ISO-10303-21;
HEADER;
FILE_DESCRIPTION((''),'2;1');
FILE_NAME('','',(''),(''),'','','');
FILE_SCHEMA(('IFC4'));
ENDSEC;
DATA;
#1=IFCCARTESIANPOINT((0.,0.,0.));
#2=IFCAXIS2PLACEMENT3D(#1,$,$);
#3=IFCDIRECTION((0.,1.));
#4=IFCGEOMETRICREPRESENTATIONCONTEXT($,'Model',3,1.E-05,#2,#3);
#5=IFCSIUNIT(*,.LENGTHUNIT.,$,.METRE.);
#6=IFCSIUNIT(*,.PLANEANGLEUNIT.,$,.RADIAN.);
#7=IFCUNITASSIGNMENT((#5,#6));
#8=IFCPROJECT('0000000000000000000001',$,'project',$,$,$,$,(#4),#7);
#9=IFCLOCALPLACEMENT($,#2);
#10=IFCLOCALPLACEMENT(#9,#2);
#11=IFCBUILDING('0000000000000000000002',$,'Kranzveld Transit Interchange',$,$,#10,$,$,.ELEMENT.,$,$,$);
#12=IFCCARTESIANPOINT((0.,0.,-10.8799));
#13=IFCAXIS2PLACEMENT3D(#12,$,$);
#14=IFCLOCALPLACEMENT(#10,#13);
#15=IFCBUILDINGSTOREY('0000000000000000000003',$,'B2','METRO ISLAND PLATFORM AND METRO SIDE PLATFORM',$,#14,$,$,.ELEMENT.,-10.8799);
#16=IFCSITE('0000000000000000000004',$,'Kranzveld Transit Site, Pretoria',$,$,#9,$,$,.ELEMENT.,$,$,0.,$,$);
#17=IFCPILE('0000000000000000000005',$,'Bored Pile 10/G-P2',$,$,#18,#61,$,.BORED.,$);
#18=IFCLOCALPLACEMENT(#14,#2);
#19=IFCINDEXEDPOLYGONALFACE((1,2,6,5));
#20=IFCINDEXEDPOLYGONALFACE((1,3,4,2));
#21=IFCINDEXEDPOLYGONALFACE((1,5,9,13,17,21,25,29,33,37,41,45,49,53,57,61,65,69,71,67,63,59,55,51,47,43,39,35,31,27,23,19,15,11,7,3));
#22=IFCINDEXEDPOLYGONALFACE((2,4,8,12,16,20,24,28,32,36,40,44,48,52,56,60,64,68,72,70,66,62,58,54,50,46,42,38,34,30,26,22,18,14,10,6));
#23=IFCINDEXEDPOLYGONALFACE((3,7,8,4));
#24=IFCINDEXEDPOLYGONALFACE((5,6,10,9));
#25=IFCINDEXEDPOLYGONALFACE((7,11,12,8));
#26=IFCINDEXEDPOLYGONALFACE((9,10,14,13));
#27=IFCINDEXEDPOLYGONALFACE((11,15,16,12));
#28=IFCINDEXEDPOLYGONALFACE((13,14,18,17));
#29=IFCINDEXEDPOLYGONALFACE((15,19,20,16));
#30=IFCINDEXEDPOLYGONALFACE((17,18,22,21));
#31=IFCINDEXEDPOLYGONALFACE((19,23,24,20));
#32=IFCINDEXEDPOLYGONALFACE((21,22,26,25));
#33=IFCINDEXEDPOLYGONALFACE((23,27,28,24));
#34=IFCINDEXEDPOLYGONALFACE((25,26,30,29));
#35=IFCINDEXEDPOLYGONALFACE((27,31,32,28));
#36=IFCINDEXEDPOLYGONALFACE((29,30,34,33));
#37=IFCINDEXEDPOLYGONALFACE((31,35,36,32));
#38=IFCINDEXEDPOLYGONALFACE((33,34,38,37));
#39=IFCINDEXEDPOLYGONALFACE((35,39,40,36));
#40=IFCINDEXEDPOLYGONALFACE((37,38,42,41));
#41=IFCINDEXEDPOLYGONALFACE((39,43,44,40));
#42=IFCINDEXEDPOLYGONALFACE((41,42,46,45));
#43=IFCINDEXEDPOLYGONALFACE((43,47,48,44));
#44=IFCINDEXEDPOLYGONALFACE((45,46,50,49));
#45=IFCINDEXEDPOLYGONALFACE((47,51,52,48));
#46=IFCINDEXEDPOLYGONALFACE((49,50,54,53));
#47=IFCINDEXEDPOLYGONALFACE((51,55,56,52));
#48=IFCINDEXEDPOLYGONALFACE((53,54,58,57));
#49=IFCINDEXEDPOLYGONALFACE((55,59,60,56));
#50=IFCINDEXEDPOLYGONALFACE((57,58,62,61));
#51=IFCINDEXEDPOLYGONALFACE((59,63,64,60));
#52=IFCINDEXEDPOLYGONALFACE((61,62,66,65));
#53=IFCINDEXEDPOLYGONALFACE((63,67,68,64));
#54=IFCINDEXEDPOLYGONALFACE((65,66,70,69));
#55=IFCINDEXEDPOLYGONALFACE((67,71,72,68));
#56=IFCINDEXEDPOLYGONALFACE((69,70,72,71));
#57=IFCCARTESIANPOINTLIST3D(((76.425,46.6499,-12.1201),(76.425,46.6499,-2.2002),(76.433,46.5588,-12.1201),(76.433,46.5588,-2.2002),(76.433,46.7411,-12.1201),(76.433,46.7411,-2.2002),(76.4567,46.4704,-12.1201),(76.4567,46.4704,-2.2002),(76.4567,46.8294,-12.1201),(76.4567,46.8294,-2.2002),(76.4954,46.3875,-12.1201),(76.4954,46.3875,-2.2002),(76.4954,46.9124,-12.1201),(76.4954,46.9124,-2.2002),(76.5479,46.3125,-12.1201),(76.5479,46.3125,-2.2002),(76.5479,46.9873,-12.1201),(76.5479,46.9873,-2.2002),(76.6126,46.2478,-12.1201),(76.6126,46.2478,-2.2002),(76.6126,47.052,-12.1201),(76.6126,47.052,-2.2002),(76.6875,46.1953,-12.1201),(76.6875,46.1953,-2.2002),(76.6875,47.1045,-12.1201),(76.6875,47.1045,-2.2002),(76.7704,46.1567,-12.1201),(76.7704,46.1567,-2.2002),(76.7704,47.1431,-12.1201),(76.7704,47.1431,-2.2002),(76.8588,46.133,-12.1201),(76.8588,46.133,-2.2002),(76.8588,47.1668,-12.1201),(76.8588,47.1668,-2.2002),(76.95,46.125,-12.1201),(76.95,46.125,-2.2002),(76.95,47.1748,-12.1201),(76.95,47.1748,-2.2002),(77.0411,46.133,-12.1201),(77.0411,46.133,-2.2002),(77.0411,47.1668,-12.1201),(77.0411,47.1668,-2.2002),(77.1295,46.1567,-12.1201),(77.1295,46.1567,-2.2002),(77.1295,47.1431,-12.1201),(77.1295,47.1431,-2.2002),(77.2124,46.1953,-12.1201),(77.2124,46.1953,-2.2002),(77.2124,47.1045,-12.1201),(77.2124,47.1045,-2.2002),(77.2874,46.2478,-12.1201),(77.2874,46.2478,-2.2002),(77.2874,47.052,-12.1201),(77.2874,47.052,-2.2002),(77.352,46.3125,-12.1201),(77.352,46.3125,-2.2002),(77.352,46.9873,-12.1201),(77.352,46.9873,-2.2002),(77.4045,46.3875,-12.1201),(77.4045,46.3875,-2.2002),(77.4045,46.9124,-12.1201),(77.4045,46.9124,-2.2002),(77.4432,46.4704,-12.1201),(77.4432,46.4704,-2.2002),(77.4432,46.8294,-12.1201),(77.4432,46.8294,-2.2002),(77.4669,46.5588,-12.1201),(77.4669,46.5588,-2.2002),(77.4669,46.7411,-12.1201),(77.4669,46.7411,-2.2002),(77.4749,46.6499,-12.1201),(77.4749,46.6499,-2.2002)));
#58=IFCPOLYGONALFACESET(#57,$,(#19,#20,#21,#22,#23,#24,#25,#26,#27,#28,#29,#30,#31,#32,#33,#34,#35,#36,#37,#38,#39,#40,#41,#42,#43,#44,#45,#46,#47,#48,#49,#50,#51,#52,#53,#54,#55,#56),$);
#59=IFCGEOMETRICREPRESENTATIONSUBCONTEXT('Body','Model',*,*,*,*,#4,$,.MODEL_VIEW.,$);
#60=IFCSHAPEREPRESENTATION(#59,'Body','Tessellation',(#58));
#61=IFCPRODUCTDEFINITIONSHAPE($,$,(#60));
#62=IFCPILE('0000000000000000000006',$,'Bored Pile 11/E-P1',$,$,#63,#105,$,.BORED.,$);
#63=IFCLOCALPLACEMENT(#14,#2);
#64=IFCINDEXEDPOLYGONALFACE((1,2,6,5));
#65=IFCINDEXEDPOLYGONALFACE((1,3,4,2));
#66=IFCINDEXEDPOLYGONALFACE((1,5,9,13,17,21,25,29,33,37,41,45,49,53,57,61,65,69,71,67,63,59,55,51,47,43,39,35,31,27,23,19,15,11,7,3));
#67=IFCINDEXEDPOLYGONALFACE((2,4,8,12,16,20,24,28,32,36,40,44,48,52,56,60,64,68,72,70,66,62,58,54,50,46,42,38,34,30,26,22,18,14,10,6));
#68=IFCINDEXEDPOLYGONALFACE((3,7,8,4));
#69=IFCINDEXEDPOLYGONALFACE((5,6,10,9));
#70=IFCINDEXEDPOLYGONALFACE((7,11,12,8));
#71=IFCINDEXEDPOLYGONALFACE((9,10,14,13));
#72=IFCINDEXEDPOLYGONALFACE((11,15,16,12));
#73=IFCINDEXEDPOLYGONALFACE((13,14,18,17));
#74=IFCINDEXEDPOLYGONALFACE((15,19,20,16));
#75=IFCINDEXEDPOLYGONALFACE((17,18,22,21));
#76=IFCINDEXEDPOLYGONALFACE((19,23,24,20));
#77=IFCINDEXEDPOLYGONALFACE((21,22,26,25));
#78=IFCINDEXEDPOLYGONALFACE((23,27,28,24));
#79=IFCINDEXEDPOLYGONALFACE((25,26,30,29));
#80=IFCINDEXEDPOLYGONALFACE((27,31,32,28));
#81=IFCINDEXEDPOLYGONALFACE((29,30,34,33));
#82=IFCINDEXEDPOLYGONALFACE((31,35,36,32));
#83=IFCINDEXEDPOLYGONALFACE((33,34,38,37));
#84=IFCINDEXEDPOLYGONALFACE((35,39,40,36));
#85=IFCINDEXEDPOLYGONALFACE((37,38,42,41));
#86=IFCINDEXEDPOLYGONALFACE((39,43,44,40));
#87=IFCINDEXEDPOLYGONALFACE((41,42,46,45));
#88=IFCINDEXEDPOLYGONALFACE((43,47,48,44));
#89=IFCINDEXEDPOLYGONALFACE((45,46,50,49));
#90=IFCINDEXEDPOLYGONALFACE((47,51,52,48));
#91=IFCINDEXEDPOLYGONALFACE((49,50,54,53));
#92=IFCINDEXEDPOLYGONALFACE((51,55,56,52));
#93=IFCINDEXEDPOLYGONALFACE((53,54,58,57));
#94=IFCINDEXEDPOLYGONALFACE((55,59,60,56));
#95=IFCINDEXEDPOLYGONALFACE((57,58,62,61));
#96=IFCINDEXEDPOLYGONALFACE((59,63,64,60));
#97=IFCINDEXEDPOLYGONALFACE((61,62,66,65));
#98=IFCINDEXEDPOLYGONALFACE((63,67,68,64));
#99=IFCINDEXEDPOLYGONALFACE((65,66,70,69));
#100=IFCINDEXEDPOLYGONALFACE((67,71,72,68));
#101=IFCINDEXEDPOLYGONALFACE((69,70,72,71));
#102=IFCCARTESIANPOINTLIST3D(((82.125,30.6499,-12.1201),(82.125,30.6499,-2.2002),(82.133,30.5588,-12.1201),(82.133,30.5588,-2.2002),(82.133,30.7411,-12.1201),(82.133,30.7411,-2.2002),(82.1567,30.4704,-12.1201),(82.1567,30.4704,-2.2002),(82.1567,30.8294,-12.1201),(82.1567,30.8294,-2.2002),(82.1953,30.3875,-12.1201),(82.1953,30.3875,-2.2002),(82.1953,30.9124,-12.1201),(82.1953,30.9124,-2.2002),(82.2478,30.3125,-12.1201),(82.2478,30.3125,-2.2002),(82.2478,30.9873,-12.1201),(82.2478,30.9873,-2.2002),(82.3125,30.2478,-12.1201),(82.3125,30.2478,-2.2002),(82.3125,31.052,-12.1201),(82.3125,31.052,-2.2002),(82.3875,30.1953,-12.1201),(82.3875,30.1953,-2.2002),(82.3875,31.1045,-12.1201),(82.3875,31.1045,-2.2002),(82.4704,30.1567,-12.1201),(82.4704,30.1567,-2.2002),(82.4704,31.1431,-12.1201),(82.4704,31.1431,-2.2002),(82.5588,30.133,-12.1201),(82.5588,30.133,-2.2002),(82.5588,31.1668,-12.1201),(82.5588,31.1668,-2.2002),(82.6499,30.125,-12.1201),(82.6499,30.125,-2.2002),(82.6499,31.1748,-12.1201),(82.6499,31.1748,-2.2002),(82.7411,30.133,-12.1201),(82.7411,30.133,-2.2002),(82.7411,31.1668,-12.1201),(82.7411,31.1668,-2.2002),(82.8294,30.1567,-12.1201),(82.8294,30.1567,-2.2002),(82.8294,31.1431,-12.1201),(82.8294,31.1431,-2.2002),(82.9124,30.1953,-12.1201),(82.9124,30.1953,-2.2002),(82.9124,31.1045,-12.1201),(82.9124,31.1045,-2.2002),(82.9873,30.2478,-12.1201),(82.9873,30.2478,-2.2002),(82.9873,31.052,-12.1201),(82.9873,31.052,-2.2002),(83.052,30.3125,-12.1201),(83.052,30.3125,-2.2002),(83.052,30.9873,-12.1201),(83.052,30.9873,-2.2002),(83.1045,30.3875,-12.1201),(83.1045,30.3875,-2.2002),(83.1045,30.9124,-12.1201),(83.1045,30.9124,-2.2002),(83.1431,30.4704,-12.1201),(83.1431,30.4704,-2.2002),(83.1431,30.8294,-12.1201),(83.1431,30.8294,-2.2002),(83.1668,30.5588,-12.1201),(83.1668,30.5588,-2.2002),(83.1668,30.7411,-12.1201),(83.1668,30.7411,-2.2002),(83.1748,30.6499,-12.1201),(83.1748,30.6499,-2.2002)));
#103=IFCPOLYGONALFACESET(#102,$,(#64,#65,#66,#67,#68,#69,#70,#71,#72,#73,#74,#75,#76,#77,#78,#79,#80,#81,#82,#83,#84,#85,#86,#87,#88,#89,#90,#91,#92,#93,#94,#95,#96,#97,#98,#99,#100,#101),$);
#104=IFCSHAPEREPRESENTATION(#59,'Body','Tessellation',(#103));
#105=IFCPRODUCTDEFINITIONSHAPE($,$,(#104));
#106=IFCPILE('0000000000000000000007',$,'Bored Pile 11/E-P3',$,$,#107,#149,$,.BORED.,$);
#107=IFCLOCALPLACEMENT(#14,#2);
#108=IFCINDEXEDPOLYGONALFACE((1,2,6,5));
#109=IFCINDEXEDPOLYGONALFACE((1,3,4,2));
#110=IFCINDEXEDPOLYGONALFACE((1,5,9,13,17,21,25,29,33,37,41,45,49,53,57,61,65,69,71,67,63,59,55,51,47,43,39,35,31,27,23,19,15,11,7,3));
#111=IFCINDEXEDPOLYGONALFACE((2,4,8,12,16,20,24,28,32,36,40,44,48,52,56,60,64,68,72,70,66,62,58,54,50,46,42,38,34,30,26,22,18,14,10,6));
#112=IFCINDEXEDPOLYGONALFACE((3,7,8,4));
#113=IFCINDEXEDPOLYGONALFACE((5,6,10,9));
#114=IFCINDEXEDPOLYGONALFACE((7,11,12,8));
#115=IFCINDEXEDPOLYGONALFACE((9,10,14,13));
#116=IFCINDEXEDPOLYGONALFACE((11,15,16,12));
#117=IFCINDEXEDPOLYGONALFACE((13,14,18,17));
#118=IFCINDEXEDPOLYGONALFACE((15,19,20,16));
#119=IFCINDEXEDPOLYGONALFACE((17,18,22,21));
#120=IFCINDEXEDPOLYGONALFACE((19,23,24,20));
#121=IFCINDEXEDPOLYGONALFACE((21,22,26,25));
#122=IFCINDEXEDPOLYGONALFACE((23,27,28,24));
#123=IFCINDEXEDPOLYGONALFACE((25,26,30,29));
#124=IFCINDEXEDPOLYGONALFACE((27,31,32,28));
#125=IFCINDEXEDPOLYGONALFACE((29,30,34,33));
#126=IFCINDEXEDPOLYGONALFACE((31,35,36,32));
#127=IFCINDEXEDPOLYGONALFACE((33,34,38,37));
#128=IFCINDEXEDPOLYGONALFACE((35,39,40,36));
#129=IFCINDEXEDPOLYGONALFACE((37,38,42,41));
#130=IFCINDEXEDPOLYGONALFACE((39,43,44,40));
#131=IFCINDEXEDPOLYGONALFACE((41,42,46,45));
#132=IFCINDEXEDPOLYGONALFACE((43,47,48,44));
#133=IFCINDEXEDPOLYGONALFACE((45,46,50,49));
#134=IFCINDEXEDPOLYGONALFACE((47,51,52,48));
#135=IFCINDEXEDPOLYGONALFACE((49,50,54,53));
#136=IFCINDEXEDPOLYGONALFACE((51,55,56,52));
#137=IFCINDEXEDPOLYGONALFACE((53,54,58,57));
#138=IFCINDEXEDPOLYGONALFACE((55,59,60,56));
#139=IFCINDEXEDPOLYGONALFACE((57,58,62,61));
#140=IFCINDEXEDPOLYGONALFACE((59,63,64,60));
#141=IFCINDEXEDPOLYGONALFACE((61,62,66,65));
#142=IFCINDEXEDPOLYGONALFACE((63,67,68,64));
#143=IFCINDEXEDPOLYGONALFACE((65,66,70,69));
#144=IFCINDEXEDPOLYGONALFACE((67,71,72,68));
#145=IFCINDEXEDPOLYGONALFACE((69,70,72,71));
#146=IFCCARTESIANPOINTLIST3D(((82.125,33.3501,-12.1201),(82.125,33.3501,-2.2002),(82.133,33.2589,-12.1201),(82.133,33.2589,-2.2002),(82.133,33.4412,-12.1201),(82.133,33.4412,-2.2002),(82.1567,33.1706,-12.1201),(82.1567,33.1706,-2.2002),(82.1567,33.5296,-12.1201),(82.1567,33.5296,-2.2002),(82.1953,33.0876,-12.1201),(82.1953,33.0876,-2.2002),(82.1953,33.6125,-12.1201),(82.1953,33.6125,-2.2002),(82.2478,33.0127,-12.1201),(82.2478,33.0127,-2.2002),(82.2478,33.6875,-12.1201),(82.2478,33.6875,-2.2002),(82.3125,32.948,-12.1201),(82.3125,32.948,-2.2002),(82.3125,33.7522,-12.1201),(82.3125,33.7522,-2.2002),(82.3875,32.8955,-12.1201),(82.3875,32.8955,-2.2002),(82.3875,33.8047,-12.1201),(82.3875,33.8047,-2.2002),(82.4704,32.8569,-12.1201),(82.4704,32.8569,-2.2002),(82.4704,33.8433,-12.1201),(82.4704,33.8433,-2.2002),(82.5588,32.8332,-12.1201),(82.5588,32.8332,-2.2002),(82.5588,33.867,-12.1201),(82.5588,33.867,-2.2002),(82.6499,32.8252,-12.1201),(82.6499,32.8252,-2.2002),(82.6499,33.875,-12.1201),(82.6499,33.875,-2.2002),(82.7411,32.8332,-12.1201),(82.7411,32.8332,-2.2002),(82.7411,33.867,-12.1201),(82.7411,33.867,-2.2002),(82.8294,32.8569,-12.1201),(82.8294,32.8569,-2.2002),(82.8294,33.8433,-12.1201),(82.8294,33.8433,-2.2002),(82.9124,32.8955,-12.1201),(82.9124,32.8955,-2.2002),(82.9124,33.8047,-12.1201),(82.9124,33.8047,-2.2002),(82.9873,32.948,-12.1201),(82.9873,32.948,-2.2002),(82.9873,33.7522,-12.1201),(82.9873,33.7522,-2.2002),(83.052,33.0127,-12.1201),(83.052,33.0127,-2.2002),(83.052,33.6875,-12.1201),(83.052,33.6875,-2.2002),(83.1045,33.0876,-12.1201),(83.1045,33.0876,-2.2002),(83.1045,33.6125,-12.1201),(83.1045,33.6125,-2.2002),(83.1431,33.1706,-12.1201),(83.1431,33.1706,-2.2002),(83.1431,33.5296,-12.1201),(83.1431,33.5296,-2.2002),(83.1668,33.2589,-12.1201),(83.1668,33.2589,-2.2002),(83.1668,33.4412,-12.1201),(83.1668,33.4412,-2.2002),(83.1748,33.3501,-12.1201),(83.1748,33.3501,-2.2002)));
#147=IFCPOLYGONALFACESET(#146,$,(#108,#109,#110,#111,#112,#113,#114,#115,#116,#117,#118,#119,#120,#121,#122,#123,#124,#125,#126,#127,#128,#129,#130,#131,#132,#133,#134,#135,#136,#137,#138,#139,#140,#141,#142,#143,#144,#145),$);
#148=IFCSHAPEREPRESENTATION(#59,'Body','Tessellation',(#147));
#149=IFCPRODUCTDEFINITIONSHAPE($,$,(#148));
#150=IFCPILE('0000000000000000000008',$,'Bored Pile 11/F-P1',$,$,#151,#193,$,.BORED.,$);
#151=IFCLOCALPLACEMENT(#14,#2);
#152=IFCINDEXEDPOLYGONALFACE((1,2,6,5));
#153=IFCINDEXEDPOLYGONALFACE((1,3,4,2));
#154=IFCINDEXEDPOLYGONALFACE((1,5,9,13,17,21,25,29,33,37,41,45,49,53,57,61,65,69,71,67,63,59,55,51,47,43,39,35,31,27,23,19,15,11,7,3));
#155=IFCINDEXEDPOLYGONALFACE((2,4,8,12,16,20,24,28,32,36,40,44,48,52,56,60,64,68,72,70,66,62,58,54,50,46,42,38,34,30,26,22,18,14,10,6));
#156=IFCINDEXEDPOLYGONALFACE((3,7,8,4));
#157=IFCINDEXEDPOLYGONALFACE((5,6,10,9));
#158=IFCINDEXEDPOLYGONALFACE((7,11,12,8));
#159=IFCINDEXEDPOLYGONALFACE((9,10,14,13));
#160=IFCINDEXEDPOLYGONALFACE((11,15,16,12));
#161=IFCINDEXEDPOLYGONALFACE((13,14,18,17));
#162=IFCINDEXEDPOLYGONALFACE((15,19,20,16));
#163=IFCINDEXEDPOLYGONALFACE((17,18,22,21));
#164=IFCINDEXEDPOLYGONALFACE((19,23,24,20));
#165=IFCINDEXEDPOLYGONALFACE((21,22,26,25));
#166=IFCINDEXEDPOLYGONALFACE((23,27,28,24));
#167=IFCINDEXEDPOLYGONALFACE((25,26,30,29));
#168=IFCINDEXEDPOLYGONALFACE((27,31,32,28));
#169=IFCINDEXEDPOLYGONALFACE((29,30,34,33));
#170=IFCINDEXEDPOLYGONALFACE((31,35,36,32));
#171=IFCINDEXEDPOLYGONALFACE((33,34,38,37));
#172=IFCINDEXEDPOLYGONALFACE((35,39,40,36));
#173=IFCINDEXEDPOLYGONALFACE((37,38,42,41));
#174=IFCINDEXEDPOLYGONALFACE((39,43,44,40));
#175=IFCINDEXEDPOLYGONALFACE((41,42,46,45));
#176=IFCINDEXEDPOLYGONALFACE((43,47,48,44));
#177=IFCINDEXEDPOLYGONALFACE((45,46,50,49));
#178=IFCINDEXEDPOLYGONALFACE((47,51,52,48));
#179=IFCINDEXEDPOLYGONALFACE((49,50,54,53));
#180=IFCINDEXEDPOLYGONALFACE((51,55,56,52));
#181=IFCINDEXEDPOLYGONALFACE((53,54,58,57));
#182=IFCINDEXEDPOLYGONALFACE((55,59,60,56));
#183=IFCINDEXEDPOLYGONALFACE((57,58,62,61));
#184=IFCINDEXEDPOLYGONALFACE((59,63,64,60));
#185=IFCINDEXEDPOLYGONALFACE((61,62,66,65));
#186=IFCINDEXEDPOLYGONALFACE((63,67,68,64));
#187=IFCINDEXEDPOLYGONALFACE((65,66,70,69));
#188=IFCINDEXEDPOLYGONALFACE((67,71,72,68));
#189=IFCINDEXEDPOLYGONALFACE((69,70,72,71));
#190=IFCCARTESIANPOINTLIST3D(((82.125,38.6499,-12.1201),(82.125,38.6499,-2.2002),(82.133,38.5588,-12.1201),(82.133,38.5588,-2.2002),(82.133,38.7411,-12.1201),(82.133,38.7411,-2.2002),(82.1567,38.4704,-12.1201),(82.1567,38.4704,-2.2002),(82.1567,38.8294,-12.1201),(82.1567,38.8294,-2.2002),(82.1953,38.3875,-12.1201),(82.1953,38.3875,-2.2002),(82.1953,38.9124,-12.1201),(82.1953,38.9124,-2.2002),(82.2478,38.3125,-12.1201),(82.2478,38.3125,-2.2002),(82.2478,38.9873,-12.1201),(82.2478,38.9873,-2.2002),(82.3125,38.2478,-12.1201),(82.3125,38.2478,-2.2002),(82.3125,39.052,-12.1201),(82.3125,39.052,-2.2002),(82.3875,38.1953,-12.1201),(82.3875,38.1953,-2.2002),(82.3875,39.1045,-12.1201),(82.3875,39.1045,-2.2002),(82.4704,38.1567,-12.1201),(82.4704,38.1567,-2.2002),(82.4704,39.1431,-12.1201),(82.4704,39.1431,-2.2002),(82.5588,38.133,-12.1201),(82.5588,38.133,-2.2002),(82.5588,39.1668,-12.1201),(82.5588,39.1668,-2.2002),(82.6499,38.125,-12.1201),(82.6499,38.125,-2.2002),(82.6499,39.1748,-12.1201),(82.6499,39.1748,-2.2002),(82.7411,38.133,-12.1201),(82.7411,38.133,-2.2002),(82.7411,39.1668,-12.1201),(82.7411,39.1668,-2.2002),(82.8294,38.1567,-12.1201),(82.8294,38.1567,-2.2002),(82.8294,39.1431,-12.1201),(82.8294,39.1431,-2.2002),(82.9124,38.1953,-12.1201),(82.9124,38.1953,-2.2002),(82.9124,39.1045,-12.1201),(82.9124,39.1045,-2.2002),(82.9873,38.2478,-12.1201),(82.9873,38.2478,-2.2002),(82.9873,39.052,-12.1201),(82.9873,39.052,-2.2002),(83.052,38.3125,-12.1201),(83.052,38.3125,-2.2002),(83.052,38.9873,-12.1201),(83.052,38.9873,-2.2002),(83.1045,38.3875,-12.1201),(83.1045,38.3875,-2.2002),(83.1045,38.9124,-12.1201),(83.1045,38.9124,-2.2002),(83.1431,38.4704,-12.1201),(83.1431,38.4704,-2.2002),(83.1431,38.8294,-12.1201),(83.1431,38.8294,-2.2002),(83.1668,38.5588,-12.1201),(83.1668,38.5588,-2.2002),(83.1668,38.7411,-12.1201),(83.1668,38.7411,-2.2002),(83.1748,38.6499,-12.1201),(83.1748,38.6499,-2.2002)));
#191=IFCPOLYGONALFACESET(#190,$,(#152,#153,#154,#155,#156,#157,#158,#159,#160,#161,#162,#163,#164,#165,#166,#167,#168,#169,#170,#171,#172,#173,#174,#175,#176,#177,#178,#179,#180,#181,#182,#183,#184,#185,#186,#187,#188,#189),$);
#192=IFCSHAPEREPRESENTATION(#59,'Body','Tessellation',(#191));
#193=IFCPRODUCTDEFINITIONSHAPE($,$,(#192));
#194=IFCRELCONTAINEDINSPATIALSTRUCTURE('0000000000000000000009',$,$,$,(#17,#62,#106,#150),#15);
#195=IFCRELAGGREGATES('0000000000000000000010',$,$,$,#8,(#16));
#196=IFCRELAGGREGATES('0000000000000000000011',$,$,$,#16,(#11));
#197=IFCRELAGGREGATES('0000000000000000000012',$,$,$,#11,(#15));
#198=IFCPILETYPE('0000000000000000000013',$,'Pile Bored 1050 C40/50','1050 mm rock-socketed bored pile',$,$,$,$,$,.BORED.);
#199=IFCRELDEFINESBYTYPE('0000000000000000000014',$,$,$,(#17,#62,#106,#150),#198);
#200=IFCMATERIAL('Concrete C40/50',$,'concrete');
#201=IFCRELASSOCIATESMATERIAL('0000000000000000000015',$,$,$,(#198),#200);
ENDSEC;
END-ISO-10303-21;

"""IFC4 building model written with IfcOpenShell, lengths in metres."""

from ifc_helpers import new_model, si_unit, direction, frame, origin, origin_2d, place, context, subcontext, project, spatial, circle, extrude, material, material_profile, profile_set, type_object, element, save


model = new_model("IFC4")

# Units and contexts
model_context = context("Model", 3, precision=1e-05, world=origin(), true_north=direction((0.0, 1.0)))
body_context = subcontext(model_context, "Body", "Model", "MODEL_VIEW")
ifc_project = project(units=[si_unit("LENGTHUNIT", "METRE"), si_unit("PLANEANGLEUNIT", "RADIAN")], contexts=[model_context])

# Site, building, storey
site_placement = place(None, origin())
site = spatial("IfcSite", under=ifc_project, at=site_placement, Name="Kranzveld Transit Site, Pretoria", CompositionType="ELEMENT", RefElevation=0.0)
building_placement = place(site_placement, origin())
building = spatial("IfcBuilding", under=site, at=building_placement, Name="Kranzveld Transit Interchange", CompositionType="ELEMENT")
storey_placement = place(building_placement, frame((0.0, 0.0, -10.8799)))
storey = spatial("IfcBuildingStorey", under=building, at=storey_placement, Name="B2", Description="METRO ISLAND PLATFORM AND METRO SIDE PLATFORM", CompositionType="ELEMENT", Elevation=-10.8799)

# Piles
ifc_material_1 = material(Name="Concrete C40/50", Category="concrete")
ifc_material_profile_1 = material_profile(ifc_material_1, circle(Radius=0.5249, at=origin_2d()), Name="BORED PILE 1050")
ifc_profile_set_1 = profile_set([ifc_material_profile_1], Name="Concrete C40/50")
pile_type = type_object("IfcPileType", Name="Pile Bored 1050 C40/50", Description="1050 mm rock-socketed bored pile", PredefinedType="BORED", material=ifc_profile_set_1)
for number, where, z_axis, x_axis, name in (
    (1, (76.95, 46.6499, -2.2002), (0.0, 0.0, -1.0), (1.0, 0.0, 0.0), "Bored Pile 10/G-P2"),
    (2, (82.6499, 30.6499, -2.2002), (0.0, 0.0, -1.0), (1.0, 0.0, 0.0), "Bored Pile 11/E-P1"),
    (3, (82.6499, 33.3501, -2.2002), (0.0, 0.0, -1.0), (1.0, 0.0, 0.0), "Bored Pile 11/E-P3"),
    (4, (82.6499, 38.6499, -2.2002), (0.0, 0.0, -1.0), (1.0, 0.0, 0.0), "Bored Pile 11/F-P1"),
):
    element("IfcPile", number, at=place(storey_placement, frame(where, z_axis=z_axis, x_axis=x_axis)), inside=storey, type_object=pile_type, Name=name, PredefinedType="BORED", context=body_context, shape_type="SweptSolid", body=[
        extrude(circle(Radius=0.5249, at=origin_2d()), origin(), (0.0, 0.0, 1.0), 9.9199),
    ])

save(model, "model.ifc")
